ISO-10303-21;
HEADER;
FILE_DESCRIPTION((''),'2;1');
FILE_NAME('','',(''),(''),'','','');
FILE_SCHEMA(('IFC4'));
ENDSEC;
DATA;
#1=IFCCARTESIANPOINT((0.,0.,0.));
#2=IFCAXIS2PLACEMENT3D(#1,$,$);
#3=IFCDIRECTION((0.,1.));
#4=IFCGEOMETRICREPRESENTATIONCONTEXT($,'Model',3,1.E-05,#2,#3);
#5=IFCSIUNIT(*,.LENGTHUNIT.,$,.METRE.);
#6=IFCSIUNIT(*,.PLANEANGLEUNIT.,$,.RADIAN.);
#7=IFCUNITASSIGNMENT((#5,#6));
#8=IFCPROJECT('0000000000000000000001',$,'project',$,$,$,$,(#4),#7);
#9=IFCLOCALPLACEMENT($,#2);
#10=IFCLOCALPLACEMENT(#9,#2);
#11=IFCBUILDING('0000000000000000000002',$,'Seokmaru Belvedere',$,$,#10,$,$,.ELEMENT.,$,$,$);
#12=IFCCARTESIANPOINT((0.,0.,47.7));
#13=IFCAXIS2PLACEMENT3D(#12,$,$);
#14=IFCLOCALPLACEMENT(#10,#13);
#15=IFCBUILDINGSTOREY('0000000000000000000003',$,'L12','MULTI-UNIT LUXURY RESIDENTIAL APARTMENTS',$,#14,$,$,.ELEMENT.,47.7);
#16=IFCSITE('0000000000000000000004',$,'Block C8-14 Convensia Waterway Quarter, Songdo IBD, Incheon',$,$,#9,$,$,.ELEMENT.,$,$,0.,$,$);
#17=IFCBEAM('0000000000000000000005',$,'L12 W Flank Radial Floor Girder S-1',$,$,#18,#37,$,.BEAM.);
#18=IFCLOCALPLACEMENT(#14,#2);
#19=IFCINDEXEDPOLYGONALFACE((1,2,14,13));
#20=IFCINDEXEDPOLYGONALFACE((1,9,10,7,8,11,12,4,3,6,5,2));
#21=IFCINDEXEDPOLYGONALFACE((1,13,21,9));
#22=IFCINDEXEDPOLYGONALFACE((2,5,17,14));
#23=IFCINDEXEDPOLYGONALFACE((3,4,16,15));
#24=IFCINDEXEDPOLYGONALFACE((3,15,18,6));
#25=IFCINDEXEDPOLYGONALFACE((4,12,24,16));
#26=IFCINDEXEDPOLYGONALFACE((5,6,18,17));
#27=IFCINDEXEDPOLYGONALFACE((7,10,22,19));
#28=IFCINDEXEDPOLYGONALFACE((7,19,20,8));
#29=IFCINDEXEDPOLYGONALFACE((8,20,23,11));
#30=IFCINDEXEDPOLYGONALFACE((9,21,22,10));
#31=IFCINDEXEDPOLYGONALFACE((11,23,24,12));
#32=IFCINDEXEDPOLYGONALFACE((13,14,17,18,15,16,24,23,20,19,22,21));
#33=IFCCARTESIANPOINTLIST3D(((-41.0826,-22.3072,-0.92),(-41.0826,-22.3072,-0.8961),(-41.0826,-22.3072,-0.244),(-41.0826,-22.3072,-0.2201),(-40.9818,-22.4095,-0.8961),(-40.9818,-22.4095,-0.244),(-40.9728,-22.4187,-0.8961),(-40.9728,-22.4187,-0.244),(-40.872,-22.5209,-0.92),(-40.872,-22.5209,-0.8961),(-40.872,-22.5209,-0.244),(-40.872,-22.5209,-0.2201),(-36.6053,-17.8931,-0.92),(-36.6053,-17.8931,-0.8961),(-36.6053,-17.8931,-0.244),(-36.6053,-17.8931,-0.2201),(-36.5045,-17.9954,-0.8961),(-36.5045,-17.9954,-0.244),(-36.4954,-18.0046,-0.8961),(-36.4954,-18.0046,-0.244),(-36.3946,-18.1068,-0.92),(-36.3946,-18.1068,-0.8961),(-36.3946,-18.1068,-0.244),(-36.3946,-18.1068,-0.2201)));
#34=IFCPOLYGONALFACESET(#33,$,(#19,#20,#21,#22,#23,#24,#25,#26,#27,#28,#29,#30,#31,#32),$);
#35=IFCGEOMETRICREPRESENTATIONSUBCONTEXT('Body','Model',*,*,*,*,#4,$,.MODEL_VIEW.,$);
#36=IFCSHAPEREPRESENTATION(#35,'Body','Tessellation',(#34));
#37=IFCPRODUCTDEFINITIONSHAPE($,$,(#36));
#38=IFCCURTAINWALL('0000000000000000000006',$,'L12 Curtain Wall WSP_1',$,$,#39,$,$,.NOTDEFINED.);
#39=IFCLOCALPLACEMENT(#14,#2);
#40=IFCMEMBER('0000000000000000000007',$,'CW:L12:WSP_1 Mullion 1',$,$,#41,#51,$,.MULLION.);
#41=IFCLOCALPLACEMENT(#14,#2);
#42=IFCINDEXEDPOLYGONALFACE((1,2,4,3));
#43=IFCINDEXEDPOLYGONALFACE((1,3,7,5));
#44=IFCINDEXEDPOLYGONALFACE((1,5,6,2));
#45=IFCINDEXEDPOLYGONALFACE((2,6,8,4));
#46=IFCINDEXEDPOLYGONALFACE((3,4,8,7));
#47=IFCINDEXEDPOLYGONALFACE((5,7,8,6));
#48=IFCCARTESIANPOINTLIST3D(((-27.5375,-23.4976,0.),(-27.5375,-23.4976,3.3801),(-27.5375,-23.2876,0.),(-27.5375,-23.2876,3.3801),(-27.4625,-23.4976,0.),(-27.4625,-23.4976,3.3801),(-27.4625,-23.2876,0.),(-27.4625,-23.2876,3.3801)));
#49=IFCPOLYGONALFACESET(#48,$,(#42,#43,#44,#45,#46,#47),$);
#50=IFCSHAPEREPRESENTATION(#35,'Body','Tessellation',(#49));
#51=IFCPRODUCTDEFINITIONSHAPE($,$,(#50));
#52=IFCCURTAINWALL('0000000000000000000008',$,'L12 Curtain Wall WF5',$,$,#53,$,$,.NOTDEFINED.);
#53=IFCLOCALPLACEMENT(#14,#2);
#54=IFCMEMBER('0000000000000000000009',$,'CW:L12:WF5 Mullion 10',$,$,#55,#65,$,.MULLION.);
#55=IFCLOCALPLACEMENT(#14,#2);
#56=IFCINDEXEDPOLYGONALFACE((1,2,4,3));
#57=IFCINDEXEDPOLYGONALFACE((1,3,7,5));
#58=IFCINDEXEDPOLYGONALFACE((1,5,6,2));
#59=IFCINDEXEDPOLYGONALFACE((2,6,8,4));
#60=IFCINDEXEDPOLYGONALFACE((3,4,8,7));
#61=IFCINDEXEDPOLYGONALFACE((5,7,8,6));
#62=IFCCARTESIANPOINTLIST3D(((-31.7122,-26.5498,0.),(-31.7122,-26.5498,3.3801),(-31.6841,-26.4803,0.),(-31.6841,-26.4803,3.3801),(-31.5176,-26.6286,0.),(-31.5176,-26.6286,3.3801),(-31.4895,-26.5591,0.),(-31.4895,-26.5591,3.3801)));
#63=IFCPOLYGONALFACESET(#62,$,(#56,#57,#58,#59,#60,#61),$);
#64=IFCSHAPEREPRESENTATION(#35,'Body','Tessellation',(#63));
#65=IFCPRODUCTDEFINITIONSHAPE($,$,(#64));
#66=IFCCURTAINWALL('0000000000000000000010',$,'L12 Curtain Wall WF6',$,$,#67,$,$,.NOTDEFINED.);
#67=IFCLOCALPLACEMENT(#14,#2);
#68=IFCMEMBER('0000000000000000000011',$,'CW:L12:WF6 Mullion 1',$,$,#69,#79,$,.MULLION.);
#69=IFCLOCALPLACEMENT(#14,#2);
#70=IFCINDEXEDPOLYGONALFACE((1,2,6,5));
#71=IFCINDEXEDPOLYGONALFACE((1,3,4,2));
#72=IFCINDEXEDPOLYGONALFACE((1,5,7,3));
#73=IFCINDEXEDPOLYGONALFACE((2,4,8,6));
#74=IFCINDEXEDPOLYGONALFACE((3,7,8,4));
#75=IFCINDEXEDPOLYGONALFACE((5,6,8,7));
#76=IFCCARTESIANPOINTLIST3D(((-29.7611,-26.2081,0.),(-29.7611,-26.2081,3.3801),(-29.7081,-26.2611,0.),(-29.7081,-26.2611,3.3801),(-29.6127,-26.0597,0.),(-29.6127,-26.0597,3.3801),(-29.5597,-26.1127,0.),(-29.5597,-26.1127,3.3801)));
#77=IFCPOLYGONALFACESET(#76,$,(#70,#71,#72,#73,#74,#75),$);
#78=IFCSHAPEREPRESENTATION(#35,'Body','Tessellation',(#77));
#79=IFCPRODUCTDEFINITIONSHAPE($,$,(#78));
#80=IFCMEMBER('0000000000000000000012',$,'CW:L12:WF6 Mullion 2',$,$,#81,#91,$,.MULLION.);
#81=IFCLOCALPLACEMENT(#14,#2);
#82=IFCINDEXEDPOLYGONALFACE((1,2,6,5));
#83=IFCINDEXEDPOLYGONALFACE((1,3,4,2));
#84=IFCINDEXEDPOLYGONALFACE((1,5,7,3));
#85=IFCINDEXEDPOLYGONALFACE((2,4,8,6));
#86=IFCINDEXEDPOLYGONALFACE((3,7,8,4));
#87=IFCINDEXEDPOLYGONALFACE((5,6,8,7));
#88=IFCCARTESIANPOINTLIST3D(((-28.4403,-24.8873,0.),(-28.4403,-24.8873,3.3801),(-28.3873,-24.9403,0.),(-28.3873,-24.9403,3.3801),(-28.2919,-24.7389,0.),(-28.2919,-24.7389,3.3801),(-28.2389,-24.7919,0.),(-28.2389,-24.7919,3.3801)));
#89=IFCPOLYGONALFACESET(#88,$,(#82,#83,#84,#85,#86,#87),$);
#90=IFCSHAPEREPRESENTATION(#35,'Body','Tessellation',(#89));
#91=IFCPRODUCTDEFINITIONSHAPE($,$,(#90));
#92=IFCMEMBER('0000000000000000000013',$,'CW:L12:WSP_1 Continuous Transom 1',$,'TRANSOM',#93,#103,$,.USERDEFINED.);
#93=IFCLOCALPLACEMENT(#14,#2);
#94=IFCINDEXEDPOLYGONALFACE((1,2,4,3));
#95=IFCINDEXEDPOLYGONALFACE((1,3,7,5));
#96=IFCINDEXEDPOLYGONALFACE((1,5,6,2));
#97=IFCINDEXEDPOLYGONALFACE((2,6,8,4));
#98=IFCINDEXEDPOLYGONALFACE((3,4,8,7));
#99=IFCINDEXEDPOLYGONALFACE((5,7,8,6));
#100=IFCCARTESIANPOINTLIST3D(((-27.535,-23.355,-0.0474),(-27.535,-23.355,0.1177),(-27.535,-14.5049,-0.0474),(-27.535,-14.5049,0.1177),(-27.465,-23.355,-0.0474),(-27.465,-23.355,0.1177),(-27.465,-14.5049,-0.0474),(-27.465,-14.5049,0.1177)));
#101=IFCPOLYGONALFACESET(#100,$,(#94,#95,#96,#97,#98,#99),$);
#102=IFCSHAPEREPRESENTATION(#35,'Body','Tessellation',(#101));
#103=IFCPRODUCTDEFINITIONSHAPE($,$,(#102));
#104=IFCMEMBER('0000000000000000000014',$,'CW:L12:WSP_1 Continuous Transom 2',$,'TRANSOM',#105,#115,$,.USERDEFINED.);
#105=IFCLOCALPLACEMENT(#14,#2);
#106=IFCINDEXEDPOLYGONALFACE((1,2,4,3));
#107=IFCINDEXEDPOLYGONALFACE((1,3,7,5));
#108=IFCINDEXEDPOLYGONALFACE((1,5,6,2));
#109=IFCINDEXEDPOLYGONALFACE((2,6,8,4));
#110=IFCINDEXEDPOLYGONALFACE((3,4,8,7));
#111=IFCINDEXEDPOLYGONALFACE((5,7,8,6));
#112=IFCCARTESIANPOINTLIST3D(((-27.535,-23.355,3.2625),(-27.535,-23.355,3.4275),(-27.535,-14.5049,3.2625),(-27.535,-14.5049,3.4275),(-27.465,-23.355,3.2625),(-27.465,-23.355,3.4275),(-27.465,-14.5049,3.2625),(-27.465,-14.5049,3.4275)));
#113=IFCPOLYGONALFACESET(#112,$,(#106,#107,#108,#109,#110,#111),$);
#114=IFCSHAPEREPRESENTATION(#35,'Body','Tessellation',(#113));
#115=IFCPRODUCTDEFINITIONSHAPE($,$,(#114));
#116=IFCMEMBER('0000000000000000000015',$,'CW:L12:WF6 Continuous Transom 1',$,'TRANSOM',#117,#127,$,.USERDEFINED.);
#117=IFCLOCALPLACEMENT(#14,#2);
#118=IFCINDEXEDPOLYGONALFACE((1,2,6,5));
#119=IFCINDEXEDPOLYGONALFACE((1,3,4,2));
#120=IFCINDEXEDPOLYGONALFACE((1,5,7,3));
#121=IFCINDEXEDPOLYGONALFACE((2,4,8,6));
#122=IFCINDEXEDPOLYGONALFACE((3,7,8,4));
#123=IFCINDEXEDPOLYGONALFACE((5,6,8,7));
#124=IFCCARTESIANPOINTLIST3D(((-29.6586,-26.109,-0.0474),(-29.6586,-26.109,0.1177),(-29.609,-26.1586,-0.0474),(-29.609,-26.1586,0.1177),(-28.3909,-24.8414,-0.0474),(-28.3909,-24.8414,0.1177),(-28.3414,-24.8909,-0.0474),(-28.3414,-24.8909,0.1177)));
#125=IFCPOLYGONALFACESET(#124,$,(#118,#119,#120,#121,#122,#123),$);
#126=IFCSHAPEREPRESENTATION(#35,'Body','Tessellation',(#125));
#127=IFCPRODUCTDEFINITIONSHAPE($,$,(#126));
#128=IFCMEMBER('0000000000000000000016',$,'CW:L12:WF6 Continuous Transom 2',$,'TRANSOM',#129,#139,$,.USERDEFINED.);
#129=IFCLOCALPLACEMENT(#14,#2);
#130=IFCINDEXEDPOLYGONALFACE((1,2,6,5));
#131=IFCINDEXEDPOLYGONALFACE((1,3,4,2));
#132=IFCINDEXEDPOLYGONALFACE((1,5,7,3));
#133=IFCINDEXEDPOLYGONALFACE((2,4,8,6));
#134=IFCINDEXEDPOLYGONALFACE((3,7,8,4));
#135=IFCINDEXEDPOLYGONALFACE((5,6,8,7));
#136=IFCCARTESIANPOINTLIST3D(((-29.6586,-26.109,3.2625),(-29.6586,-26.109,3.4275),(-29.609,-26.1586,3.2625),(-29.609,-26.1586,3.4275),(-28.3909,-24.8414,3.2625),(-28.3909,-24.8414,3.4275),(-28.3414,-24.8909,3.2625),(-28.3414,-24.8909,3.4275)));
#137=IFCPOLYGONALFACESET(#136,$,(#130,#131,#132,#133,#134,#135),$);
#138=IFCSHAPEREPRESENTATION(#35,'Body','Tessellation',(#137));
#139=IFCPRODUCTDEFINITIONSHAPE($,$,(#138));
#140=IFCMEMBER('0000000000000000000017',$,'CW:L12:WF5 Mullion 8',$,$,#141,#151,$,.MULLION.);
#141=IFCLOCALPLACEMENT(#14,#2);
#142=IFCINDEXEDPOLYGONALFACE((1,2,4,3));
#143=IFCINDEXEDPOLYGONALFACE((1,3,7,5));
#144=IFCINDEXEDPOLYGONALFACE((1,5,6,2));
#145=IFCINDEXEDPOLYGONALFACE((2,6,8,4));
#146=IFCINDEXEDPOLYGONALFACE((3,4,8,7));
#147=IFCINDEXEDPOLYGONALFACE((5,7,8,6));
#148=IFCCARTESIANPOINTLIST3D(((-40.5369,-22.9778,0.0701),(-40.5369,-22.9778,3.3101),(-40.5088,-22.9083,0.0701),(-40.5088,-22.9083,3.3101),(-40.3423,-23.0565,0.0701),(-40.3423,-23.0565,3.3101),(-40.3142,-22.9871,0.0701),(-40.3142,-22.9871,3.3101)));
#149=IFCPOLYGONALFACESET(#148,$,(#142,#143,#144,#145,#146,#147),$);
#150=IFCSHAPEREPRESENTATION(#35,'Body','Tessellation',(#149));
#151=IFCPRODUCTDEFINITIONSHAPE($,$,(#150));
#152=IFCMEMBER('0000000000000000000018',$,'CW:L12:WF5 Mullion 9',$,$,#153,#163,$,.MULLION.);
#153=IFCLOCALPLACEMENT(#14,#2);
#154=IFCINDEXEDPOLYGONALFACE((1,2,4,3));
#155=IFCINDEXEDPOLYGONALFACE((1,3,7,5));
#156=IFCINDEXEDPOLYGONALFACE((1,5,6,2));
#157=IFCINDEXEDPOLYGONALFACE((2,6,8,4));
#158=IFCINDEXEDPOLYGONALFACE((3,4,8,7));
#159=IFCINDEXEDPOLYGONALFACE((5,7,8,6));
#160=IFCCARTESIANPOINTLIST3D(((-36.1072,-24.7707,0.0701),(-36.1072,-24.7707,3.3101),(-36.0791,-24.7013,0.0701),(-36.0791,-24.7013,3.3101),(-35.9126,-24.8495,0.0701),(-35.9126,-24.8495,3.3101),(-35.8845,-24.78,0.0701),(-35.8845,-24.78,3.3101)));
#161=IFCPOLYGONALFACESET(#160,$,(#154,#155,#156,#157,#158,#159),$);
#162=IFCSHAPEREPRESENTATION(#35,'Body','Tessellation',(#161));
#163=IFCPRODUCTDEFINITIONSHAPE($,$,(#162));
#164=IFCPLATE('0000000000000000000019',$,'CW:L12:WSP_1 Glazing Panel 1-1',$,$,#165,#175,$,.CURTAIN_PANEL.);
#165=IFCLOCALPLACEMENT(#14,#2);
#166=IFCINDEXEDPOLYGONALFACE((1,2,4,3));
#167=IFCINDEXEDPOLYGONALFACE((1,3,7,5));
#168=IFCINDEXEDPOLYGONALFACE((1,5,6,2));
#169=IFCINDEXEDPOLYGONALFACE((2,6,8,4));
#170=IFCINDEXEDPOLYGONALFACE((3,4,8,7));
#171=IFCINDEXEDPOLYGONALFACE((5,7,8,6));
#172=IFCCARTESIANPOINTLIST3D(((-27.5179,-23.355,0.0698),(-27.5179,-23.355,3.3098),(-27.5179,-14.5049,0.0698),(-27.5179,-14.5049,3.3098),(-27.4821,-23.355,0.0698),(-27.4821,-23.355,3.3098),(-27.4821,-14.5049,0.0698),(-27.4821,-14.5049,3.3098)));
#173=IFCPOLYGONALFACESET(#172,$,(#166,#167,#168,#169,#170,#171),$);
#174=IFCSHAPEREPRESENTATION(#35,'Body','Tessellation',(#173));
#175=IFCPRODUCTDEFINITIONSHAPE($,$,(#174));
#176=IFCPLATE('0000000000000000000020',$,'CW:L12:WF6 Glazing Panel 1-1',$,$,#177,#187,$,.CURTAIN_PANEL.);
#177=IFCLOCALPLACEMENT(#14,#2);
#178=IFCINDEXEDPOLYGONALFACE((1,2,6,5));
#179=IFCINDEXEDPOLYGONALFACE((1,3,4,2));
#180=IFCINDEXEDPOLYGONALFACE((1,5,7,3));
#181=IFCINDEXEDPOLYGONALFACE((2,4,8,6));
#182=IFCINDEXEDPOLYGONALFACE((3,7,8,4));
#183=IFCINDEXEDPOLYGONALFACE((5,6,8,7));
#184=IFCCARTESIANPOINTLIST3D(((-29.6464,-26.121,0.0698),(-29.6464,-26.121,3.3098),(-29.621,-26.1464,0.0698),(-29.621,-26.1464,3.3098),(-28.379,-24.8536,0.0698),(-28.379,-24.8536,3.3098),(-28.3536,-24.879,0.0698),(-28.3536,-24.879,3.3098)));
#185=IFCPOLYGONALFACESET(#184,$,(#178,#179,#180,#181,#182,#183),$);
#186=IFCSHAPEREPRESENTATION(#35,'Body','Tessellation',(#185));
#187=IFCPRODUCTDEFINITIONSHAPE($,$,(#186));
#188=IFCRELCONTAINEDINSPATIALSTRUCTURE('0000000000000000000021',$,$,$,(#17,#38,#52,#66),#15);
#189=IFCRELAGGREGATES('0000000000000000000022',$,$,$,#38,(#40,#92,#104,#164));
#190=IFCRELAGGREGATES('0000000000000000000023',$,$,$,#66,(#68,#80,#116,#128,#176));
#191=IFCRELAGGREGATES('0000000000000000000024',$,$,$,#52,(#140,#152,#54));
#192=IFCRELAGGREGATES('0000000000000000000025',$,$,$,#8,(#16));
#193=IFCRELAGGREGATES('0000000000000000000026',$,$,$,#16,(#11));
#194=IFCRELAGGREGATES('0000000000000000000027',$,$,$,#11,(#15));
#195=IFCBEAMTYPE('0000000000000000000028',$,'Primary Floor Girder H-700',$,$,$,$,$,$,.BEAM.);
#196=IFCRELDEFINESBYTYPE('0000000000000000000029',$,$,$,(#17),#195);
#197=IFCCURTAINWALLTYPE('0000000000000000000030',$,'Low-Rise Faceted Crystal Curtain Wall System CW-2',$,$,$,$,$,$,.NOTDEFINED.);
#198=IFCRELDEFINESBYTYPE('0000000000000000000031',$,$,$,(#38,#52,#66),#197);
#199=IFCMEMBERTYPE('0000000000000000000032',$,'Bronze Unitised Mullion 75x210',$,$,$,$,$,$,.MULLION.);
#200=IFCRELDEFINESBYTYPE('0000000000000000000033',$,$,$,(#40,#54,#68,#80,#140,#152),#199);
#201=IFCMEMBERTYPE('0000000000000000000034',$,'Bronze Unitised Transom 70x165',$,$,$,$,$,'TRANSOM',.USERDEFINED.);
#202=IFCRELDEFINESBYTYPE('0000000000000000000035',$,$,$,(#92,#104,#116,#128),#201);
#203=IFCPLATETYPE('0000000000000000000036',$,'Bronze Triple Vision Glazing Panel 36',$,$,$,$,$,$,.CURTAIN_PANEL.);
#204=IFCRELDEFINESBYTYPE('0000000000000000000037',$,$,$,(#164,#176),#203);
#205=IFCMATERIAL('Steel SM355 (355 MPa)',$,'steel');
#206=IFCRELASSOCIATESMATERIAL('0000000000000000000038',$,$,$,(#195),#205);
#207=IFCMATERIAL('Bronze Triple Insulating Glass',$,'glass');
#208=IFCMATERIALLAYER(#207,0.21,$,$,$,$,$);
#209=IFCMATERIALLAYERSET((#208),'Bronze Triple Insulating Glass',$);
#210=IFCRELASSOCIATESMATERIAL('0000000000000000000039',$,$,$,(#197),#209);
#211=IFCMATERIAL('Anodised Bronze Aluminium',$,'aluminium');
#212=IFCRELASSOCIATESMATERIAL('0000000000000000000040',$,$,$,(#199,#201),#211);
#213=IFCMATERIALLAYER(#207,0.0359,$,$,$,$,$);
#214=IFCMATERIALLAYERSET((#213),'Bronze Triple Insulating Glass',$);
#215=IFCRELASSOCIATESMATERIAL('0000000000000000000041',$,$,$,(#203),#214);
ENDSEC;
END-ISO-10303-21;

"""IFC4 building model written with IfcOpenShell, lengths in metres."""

from ifc_helpers import new_model, si_unit, direction, frame, origin, origin_2d, place, context, subcontext, project, spatial, rectangle, i_section, extrude, source, transform, mapped, material, layer, layer_set, material_profile, profile_set, type_object, type_shapes, element, aggregate, save


model = new_model("IFC4")

# Units and contexts
model_context = context("Model", 3, precision=1e-05, world=origin(), true_north=direction((0.0, 1.0)))
body_context = subcontext(model_context, "Body", "Model", "MODEL_VIEW")
ifc_project = project(units=[si_unit("LENGTHUNIT", "METRE"), si_unit("PLANEANGLEUNIT", "RADIAN")], contexts=[model_context])

# Site, building, storey
site_placement = place(None, origin())
site = spatial("IfcSite", under=ifc_project, at=site_placement, Name="Block C8-14 Convensia Waterway Quarter, Songdo IBD, Incheon", CompositionType="ELEMENT", RefElevation=0.0)
building_placement = place(site_placement, origin())
building = spatial("IfcBuilding", under=site, at=building_placement, Name="Seokmaru Belvedere", CompositionType="ELEMENT")
storey_placement = place(building_placement, frame((0.0, 0.0, 47.7)))
storey = spatial("IfcBuildingStorey", under=building, at=storey_placement, Name="L12", Description="MULTI-UNIT LUXURY RESIDENTIAL APARTMENTS", CompositionType="ELEMENT", Elevation=47.7)

# Shared definitions
ifc_material_1 = material(Name="Steel SM355 (355 MPa)", Category="steel")

# Beam
ifc_material_profile_1 = material_profile(ifc_material_1, i_section(OverallWidth=0.3, OverallDepth=0.7, WebThickness=0.0129, FlangeThickness=0.0239, at=origin_2d()), Name="H-700x300x13x24")
ifc_profile_set_1 = profile_set([ifc_material_profile_1], Name="Steel SM355 (355 MPa)")
beam_type_1 = type_object("IfcBeamType", Name="Primary Floor Girder H-700", PredefinedType="BEAM", material=ifc_profile_set_1)
shared_shape_1 = source(origin(), body_context, "Body", "SweptSolid", [
    extrude(i_section(OverallWidth=0.3, OverallDepth=0.7, WebThickness=0.0129, FlangeThickness=0.0239, at=origin_2d()), origin(), (0.0, 0.0, 1.0), 6.2874),
])
beam_1_placement = place(storey_placement, frame((-40.9773, -22.4141, -0.5701), z_axis=(0.712117, 0.70206, 0.0), x_axis=(-0.70206, 0.712117, 0.0)))
element("IfcBeam", 1, at=beam_1_placement, inside=storey, type_object=beam_type_1, Name="L12 W Flank Radial Floor Girder S-1", PredefinedType="BEAM", context=body_context, shape_type="MappedRepresentation", body=[
    mapped(shared_shape_1, transform((0.0, 0.0, 0.0), scale=1.0)),
])

# Curtain walls, members
ifc_material_2 = material(Name="Bronze Triple Insulating Glass", Category="glass")
ifc_layer_1 = layer(ifc_material_2, 0.21)
ifc_layer_set_1 = layer_set([ifc_layer_1], Name="Bronze Triple Insulating Glass")
curtain_wall_type = type_object("IfcCurtainWallType", Name="Low-Rise Faceted Crystal Curtain Wall System CW-2", PredefinedType="NOTDEFINED", material=ifc_layer_set_1)
curtain_wall_1_placement = place(storey_placement, origin())
curtain_wall_1 = element("IfcCurtainWall", 2, at=curtain_wall_1_placement, inside=storey, type_object=curtain_wall_type, Name="L12 Curtain Wall WSP_1", PredefinedType="NOTDEFINED")
ifc_material_3 = material(Name="Anodised Bronze Aluminium", Category="aluminium")
ifc_material_profile_2 = material_profile(ifc_material_3, rectangle(XDim=0.075, YDim=0.21, at=origin_2d()), Name="CW-M-75x210")
ifc_profile_set_2 = profile_set([ifc_material_profile_2], Name="Anodised Bronze Aluminium")
member_type_1 = type_object("IfcMemberType", Name="Bronze Unitised Mullion 75x210", PredefinedType="MULLION", material=ifc_profile_set_2)
shared_shape_2 = source(origin(), body_context, "Body", "SweptSolid", [
    extrude(rectangle(XDim=0.075, YDim=0.21, at=origin_2d()), origin(), (0.0, 0.0, 1.0), 3.3801),
])
member_1_placement = place(storey_placement, frame((-27.5, -23.3926, 0.0), z_axis=(0.0, 0.0, 1.0), x_axis=(-1.0, 0.0, 0.0)))
member_1 = element("IfcMember", 3, at=member_1_placement, type_object=member_type_1, Name="CW:L12:WSP_1 Mullion 1", PredefinedType="MULLION", context=body_context, shape_type="MappedRepresentation", body=[
    mapped(shared_shape_2, transform((0.0, 0.0, 0.0), scale=1.0)),
])
curtain_wall_2_placement = place(storey_placement, origin())
curtain_wall_2 = element("IfcCurtainWall", 4, at=curtain_wall_2_placement, inside=storey, type_object=curtain_wall_type, Name="L12 Curtain Wall WF5", PredefinedType="NOTDEFINED")
member_2_placement = place(storey_placement, frame((-31.6008, -26.5544, 0.0), z_axis=(0.0, 0.0, 1.0), x_axis=(0.375192, 0.926947, 0.0)))
member_2 = element("IfcMember", 5, at=member_2_placement, type_object=member_type_1, Name="CW:L12:WF5 Mullion 10", PredefinedType="MULLION", context=body_context, shape_type="MappedRepresentation", body=[
    mapped(shared_shape_2, transform((0.0, 0.0, 0.0), scale=1.0)),
])

# Curtain wall, members
curtain_wall_3_placement = place(storey_placement, origin())
curtain_wall_3 = element("IfcCurtainWall", 6, at=curtain_wall_3_placement, inside=storey, type_object=curtain_wall_type, Name="L12 Curtain Wall WF6", PredefinedType="NOTDEFINED")
member_3_placement = place(storey_placement, frame((-29.6604, -26.1604, 0.0), z_axis=(0.0, 0.0, 1.0), x_axis=(-0.707107, 0.707107, 0.0)))
member_3 = element("IfcMember", 7, at=member_3_placement, type_object=member_type_1, Name="CW:L12:WF6 Mullion 1", PredefinedType="MULLION", context=body_context, shape_type="MappedRepresentation", body=[
    mapped(shared_shape_2, transform((0.0, 0.0, 0.0), scale=1.0)),
])
member_4_placement = place(storey_placement, frame((-28.3396, -24.8396, 0.0), z_axis=(0.0, 0.0, 1.0), x_axis=(-0.707107, 0.707107, 0.0)))
member_4 = element("IfcMember", 8, at=member_4_placement, type_object=member_type_1, Name="CW:L12:WF6 Mullion 2", PredefinedType="MULLION", context=body_context, shape_type="MappedRepresentation", body=[
    mapped(shared_shape_2, transform((0.0, 0.0, 0.0), scale=1.0)),
])

# Members
ifc_material_profile_3 = material_profile(ifc_material_3, rectangle(XDim=0.0701, YDim=0.165, at=origin_2d()), Name="CW-T-70x165")
ifc_profile_set_3 = profile_set([ifc_material_profile_3], Name="Anodised Bronze Aluminium")
member_type_2 = type_object("IfcMemberType", Name="Bronze Unitised Transom 70x165", ElementType="TRANSOM", PredefinedType="USERDEFINED", material=ifc_profile_set_3)
shared_shape_3 = source(origin(), body_context, "Body", "SweptSolid", [
    extrude(rectangle(XDim=0.0701, YDim=0.165, at=origin_2d()), origin(), (0.0, 0.0, 1.0), 8.8501),
])
member_5_placement = place(storey_placement, frame((-27.5, -23.355, 0.0352), z_axis=(0.0, 1.0, 0.0), x_axis=(-1.0, 0.0, 0.0)))
member_5 = element("IfcMember", 9, at=member_5_placement, type_object=member_type_2, Name="CW:L12:WSP_1 Continuous Transom 1", ObjectType="TRANSOM", PredefinedType="USERDEFINED", context=body_context, shape_type="MappedRepresentation", body=[
    mapped(shared_shape_3, transform((0.0, 0.0, 0.0), scale=1.0)),
])
member_6_placement = place(storey_placement, frame((-27.5, -23.355, 3.345), z_axis=(0.0, 1.0, 0.0), x_axis=(-1.0, 0.0, 0.0)))
member_6 = element("IfcMember", 10, at=member_6_placement, type_object=member_type_2, Name="CW:L12:WSP_1 Continuous Transom 2", ObjectType="TRANSOM", PredefinedType="USERDEFINED", context=body_context, shape_type="MappedRepresentation", body=[
    mapped(shared_shape_3, transform((0.0, 0.0, 0.0), scale=1.0)),
])
shared_shape_4 = source(origin(), body_context, "Body", "SweptSolid", [
    extrude(rectangle(XDim=0.0701, YDim=0.165, at=origin_2d()), origin(), (0.0, 0.0, 1.0), 1.7927),
])
type_shapes(member_type_2, [shared_shape_3, shared_shape_4])
member_7_placement = place(storey_placement, frame((-29.6338, -26.1338, 0.0352), z_axis=(0.707107, 0.707107, 0.0), x_axis=(-0.707107, 0.707107, 0.0)))
member_7 = element("IfcMember", 11, at=member_7_placement, type_object=member_type_2, Name="CW:L12:WF6 Continuous Transom 1", ObjectType="TRANSOM", PredefinedType="USERDEFINED", context=body_context, shape_type="MappedRepresentation", body=[
    mapped(shared_shape_4, transform((0.0, 0.0, 0.0), scale=1.0)),
])
member_8_placement = place(storey_placement, frame((-29.6338, -26.1338, 3.345), z_axis=(0.707107, 0.707107, 0.0), x_axis=(-0.707107, 0.707107, 0.0)))
member_8 = element("IfcMember", 12, at=member_8_placement, type_object=member_type_2, Name="CW:L12:WF6 Continuous Transom 2", ObjectType="TRANSOM", PredefinedType="USERDEFINED", context=body_context, shape_type="MappedRepresentation", body=[
    mapped(shared_shape_4, transform((0.0, 0.0, 0.0), scale=1.0)),
])
shared_shape_5 = source(origin(), body_context, "Body", "SweptSolid", [
    extrude(rectangle(XDim=0.075, YDim=0.21, at=origin_2d()), origin(), (0.0, 0.0, 1.0), 3.24),
])
type_shapes(member_type_1, [shared_shape_2, shared_shape_5])
member_9_placement = place(storey_placement, frame((-40.4255, -22.9824, 0.0701), z_axis=(0.0, 0.0, 1.0), x_axis=(0.375192, 0.926947, 0.0)))
member_9 = element("IfcMember", 13, at=member_9_placement, type_object=member_type_1, Name="CW:L12:WF5 Mullion 8", PredefinedType="MULLION", context=body_context, shape_type="MappedRepresentation", body=[
    mapped(shared_shape_5, transform((0.0, 0.0, 0.0), scale=1.0)),
])
member_10_placement = place(storey_placement, frame((-35.9958, -24.7754, 0.0701), z_axis=(0.0, 0.0, 1.0), x_axis=(0.375192, 0.926947, 0.0)))
member_10 = element("IfcMember", 14, at=member_10_placement, type_object=member_type_1, Name="CW:L12:WF5 Mullion 9", PredefinedType="MULLION", context=body_context, shape_type="MappedRepresentation", body=[
    mapped(shared_shape_5, transform((0.0, 0.0, 0.0), scale=1.0)),
])

# Plates
ifc_layer_2 = layer(ifc_material_2, 0.0359)
ifc_layer_set_2 = layer_set([ifc_layer_2], Name="Bronze Triple Insulating Glass")
plate_type = type_object("IfcPlateType", Name="Bronze Triple Vision Glazing Panel 36", PredefinedType="CURTAIN_PANEL", material=ifc_layer_set_2)
shared_shape_6 = source(origin(), body_context, "Body", "SweptSolid", [
    extrude(rectangle(XDim=8.8501, YDim=0.0359, at=origin_2d()), origin(), (0.0, 0.0, 1.0), 3.24),
])
plate_1_placement = place(storey_placement, frame((-27.5, -18.9299, 0.0698), z_axis=(0.0, 0.0, 1.0), x_axis=(0.0, 1.0, 0.0)))
plate_1 = element("IfcPlate", 15, at=plate_1_placement, type_object=plate_type, Name="CW:L12:WSP_1 Glazing Panel 1-1", PredefinedType="CURTAIN_PANEL", context=body_context, shape_type="MappedRepresentation", body=[
    mapped(shared_shape_6, transform((0.0, 0.0, 0.0), scale=1.0)),
])
aggregate(curtain_wall_1, [member_1, member_5, member_6, plate_1])
shared_shape_7 = source(origin(), body_context, "Body", "SweptSolid", [
    extrude(rectangle(XDim=1.7925, YDim=0.0359, at=origin_2d()), origin(), (0.0, 0.0, 1.0), 3.24),
])
plate_2_placement = place(storey_placement, frame((-29.0, -25.5, 0.0698), z_axis=(0.0, 0.0, 1.0), x_axis=(0.707107, 0.707107, 0.0)))
plate_2 = element("IfcPlate", 16, at=plate_2_placement, type_object=plate_type, Name="CW:L12:WF6 Glazing Panel 1-1", PredefinedType="CURTAIN_PANEL", context=body_context, shape_type="MappedRepresentation", body=[
    mapped(shared_shape_7, transform((0.0, 0.0, 0.0), scale=1.0)),
])
aggregate(curtain_wall_3, [member_3, member_4, member_7, member_8, plate_2])
aggregate(curtain_wall_2, [member_9, member_10, member_2])

save(model, "model.ifc")
